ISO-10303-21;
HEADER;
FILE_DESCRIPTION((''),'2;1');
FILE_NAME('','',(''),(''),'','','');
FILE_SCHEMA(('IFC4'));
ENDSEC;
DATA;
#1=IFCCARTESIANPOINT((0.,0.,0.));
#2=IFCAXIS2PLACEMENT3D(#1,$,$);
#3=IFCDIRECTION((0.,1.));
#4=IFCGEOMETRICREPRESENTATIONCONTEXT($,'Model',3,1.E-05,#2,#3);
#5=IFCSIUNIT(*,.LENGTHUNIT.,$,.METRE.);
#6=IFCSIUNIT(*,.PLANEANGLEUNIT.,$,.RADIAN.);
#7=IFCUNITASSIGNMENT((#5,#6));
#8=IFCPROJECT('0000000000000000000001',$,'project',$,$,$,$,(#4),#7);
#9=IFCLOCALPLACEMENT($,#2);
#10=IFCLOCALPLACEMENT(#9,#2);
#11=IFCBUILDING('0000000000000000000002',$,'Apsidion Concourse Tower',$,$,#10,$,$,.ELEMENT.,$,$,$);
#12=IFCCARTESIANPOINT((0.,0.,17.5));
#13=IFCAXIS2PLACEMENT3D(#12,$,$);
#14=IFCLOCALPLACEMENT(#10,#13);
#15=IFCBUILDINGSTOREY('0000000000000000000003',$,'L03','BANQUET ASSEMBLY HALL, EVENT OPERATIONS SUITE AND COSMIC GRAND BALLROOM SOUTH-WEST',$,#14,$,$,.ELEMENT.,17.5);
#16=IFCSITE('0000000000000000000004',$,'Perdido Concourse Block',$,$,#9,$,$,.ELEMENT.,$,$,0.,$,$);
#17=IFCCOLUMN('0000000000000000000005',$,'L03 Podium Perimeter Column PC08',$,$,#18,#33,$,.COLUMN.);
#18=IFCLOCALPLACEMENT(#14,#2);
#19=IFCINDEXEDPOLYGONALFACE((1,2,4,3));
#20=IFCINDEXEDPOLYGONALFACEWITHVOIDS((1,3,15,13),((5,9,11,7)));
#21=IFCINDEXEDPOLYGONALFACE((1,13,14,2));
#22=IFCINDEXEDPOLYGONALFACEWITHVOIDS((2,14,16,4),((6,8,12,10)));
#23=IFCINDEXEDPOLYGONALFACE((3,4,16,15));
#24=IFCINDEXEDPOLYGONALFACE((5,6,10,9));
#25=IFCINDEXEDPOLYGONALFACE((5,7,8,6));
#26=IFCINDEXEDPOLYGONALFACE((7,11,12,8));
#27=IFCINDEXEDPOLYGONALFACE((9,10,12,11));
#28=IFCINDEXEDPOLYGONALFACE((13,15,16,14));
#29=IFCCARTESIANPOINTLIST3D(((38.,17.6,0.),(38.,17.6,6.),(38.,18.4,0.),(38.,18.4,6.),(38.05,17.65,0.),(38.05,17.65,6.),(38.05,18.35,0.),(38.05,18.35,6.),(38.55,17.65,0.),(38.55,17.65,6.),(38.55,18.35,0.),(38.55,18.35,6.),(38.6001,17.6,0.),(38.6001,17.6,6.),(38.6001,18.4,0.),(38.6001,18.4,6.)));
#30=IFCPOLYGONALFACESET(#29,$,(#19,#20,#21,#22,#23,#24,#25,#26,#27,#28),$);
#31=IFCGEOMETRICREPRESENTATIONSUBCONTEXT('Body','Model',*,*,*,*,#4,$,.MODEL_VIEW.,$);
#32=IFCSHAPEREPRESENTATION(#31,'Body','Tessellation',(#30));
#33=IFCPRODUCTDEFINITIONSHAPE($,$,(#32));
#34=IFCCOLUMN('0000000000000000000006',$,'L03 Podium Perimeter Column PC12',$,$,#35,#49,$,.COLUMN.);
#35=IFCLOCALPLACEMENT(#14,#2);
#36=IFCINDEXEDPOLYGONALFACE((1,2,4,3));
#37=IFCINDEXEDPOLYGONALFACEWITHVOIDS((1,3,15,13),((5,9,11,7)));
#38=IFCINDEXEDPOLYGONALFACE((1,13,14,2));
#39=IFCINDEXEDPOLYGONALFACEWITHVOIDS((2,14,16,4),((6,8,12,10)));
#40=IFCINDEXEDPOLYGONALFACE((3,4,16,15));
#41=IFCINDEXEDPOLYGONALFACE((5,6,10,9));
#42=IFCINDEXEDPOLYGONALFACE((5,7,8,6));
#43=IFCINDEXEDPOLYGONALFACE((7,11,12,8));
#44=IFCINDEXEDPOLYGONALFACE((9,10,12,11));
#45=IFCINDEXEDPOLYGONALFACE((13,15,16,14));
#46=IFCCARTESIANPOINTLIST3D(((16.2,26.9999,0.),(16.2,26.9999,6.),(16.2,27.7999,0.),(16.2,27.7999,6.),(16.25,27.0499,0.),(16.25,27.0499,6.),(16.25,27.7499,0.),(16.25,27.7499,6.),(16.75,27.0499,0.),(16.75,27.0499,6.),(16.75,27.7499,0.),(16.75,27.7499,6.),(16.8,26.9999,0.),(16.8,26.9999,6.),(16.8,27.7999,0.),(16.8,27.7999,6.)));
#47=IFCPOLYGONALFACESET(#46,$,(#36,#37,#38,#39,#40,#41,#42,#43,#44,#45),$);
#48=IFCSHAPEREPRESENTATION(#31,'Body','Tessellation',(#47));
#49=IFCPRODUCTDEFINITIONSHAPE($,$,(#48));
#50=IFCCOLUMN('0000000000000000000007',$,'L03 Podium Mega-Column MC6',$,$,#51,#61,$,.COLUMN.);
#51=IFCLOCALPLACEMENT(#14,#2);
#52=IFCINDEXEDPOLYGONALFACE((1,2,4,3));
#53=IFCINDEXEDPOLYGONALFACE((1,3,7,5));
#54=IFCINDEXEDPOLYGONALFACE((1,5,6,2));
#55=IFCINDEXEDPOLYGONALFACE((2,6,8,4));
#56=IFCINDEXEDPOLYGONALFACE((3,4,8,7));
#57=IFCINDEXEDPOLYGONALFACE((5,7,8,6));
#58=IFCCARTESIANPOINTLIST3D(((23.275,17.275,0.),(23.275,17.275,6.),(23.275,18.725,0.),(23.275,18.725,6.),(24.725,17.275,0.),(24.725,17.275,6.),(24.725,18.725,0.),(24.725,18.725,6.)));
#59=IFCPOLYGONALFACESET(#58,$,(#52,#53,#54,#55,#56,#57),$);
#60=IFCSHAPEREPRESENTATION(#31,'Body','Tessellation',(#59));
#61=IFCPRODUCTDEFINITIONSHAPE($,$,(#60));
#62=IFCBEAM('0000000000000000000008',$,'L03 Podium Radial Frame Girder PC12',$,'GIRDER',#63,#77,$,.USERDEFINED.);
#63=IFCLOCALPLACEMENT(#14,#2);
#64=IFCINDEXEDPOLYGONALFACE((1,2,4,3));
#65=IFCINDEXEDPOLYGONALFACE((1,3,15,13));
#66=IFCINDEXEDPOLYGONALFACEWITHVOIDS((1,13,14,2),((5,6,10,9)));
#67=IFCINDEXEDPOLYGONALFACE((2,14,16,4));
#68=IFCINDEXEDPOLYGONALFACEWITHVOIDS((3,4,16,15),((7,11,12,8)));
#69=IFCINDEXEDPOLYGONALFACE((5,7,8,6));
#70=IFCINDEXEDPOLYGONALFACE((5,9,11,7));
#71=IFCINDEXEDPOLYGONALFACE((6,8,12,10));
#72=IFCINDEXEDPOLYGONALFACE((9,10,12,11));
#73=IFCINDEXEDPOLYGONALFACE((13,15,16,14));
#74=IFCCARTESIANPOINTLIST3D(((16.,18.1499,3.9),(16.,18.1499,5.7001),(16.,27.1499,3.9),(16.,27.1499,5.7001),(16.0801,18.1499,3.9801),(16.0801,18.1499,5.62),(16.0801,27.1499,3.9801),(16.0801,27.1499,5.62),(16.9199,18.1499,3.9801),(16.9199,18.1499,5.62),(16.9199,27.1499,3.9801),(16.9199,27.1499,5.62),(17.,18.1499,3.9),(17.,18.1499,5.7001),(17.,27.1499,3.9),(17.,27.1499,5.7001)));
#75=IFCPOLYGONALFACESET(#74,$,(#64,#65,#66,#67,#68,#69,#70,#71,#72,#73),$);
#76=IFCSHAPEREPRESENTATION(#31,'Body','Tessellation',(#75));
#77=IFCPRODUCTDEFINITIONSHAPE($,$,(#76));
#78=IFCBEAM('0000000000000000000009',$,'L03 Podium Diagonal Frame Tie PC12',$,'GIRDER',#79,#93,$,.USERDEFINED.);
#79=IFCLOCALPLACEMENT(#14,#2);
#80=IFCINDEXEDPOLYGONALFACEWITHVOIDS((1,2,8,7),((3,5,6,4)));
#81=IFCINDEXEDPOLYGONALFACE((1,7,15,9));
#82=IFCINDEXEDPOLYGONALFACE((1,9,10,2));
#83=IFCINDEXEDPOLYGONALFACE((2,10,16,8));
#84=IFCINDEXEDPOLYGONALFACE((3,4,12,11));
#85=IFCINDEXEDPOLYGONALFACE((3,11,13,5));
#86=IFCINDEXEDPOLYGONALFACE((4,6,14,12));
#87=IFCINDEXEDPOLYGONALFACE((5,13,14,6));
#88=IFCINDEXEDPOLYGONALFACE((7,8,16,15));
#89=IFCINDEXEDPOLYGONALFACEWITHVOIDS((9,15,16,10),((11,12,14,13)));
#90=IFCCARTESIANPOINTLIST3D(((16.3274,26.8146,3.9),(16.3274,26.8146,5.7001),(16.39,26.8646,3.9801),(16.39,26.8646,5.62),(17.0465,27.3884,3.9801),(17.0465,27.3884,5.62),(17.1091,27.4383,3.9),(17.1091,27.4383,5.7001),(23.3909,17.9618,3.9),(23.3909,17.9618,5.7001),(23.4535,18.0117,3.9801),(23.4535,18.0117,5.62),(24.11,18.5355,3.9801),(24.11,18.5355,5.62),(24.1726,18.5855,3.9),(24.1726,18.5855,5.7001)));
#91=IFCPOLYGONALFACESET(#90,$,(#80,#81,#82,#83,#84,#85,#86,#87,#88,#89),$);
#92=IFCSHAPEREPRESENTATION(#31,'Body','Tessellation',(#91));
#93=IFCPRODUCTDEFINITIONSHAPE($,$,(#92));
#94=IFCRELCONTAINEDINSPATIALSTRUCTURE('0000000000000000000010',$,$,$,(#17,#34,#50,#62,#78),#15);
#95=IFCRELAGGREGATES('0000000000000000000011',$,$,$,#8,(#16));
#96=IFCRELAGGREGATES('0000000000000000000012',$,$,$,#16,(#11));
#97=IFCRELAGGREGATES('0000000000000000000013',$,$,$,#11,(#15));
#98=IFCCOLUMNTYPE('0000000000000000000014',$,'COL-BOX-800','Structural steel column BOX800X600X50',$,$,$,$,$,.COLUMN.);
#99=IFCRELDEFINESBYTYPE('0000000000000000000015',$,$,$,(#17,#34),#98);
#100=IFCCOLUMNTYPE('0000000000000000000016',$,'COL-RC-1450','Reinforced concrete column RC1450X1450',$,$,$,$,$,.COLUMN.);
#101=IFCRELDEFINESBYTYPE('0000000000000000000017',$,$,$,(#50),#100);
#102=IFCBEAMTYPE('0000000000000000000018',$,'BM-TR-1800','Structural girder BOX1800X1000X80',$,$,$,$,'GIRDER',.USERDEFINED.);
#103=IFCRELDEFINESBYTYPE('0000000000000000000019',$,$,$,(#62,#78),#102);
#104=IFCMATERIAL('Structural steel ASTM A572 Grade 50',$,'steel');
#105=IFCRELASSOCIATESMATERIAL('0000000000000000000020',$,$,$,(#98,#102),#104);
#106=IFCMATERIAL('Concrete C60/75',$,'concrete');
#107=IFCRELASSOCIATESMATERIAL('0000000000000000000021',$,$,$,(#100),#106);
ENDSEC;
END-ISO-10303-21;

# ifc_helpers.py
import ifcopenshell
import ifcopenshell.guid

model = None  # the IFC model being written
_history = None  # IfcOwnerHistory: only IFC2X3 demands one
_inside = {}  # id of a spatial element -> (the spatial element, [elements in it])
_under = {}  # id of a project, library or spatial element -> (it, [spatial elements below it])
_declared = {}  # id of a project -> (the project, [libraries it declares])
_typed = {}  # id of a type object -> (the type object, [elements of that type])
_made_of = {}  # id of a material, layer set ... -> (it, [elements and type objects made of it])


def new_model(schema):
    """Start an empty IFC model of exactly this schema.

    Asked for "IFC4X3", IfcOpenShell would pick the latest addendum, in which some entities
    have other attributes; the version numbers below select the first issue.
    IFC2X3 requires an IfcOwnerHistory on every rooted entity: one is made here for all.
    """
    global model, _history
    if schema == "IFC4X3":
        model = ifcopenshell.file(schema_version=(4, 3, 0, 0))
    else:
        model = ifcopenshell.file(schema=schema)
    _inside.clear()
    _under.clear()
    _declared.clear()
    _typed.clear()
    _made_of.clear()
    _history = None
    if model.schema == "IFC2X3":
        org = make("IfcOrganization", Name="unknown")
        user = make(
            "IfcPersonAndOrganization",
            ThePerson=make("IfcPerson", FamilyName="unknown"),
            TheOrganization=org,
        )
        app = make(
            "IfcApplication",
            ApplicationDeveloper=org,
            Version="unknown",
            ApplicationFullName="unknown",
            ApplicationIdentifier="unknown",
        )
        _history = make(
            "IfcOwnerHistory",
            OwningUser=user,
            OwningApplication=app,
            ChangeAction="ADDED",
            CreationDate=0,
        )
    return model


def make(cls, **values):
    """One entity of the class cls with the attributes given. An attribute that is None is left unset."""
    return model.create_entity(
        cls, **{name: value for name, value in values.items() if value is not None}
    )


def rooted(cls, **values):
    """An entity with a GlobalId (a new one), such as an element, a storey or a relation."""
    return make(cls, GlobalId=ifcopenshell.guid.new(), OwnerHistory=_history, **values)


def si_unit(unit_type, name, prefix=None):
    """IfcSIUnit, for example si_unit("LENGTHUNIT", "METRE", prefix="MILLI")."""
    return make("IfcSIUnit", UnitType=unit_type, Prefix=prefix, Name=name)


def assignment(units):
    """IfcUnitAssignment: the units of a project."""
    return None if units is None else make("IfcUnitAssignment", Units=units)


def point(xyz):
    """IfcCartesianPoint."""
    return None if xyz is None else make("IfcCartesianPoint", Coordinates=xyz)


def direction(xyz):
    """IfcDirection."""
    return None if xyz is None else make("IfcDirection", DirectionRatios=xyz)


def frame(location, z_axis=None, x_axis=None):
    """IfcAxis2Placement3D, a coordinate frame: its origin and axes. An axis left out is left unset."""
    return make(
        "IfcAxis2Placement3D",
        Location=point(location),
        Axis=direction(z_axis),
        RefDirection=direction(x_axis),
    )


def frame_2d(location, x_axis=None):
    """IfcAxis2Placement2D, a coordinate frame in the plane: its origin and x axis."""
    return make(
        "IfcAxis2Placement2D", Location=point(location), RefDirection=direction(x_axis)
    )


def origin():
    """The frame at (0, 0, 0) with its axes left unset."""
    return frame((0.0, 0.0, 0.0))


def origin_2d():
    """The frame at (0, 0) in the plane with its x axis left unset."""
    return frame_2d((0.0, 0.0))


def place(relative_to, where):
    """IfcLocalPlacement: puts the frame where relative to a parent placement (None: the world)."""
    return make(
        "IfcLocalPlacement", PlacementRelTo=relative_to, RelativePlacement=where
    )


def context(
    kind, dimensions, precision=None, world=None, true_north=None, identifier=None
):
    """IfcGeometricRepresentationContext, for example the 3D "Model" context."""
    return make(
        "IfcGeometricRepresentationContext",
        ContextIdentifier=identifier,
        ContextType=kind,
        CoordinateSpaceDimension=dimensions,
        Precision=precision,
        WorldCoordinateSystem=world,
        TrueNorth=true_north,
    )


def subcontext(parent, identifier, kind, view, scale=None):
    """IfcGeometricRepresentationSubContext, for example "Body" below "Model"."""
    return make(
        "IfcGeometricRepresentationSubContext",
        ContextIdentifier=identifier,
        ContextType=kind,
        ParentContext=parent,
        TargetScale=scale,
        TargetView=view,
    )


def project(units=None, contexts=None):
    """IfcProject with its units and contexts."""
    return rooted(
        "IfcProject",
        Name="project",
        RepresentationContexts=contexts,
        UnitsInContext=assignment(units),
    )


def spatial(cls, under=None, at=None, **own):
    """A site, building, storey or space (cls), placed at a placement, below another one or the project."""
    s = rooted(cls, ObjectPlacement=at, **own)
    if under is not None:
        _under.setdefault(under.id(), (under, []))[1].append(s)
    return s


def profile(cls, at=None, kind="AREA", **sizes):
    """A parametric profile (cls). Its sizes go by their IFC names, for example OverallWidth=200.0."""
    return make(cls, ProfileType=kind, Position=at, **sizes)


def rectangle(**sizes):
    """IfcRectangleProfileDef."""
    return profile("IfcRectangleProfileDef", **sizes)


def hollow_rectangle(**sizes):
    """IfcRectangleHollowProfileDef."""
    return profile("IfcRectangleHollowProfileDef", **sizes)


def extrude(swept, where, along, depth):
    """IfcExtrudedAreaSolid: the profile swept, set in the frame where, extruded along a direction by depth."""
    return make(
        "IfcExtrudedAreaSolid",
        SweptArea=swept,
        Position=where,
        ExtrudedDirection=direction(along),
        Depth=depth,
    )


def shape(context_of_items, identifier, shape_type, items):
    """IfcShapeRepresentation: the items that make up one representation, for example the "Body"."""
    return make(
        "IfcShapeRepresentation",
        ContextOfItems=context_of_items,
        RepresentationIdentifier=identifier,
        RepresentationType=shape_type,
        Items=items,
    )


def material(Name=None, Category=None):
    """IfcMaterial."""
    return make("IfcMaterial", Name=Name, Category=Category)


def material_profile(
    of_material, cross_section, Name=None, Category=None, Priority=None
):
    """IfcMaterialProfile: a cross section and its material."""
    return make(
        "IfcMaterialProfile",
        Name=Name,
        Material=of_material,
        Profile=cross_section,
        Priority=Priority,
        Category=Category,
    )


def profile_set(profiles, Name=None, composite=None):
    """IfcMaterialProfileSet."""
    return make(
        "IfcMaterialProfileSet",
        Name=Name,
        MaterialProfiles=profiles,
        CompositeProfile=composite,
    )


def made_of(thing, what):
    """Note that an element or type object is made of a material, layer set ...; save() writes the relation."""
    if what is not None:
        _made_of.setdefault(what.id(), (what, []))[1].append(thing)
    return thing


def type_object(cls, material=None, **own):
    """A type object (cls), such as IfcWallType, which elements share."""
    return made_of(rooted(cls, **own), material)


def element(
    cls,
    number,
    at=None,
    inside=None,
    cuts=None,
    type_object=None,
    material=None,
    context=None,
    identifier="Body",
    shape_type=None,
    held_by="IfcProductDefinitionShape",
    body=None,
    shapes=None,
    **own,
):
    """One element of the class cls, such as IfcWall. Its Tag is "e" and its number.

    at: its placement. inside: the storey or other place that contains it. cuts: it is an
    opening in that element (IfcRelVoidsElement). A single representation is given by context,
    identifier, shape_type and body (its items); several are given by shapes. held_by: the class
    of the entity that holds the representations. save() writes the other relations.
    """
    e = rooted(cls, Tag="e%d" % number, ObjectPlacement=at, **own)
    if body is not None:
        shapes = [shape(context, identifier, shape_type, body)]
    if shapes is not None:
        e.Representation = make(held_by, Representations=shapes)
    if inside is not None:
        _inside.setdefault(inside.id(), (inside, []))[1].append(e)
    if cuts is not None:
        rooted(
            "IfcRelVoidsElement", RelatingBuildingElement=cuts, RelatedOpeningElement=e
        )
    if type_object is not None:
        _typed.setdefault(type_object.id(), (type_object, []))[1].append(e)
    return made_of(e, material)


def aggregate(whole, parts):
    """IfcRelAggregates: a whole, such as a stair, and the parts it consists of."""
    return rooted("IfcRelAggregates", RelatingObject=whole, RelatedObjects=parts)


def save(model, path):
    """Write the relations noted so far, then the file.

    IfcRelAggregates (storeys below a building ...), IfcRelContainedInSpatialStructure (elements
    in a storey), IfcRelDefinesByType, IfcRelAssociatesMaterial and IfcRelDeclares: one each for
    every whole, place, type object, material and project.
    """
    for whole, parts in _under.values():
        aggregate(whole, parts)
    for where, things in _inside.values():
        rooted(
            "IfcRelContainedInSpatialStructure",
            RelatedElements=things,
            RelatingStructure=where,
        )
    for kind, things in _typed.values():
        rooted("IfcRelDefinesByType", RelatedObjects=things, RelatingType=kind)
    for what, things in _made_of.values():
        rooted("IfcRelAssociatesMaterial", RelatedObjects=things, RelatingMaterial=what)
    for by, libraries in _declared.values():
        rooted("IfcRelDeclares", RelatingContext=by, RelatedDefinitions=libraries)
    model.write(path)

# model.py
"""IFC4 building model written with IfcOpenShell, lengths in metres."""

from ifc_helpers import new_model, si_unit, direction, frame, origin, origin_2d, place, context, subcontext, project, spatial, rectangle, hollow_rectangle, extrude, material, material_profile, profile_set, type_object, element, save


model = new_model("IFC4")

# Units and contexts
model_context = context("Model", 3, precision=1e-05, world=origin(), true_north=direction((0.0, 1.0)))
body_context = subcontext(model_context, "Body", "Model", "MODEL_VIEW")
ifc_project = project(units=[si_unit("LENGTHUNIT", "METRE"), si_unit("PLANEANGLEUNIT", "RADIAN")], contexts=[model_context])

# Site, building, storey
site_placement = place(None, origin())
site = spatial("IfcSite", under=ifc_project, at=site_placement, Name="Perdido Concourse Block", CompositionType="ELEMENT", RefElevation=0.0)
building_placement = place(site_placement, origin())
building = spatial("IfcBuilding", under=site, at=building_placement, Name="Apsidion Concourse Tower", CompositionType="ELEMENT")
storey_placement = place(building_placement, frame((0.0, 0.0, 17.5)))
storey = spatial("IfcBuildingStorey", under=building, at=storey_placement, Name="L03", Description="BANQUET ASSEMBLY HALL, EVENT OPERATIONS SUITE AND COSMIC GRAND BALLROOM SOUTH-WEST", CompositionType="ELEMENT", Elevation=17.5)

# Columns
ifc_material_1 = material(Name="Structural steel ASTM A572 Grade 50", Category="steel")
ifc_material_profile_1 = material_profile(ifc_material_1, hollow_rectangle(XDim=0.6001, YDim=0.8, WallThickness=0.05, at=origin_2d()), Name="BOX800X600X50")
ifc_profile_set_1 = profile_set([ifc_material_profile_1], Name="Structural steel ASTM A572 Grade 50")
column_type_1 = type_object("IfcColumnType", Name="COL-BOX-800", Description="Structural steel column BOX800X600X50", PredefinedType="COLUMN", material=ifc_profile_set_1)
for number, where, z_axis, x_axis, name in (
    (1, (38.3, 18.0, 0.0), (0.0, 0.0, 1.0), (1.0, 0.0, 0.0), "L03 Podium Perimeter Column PC08"),
    (2, (16.5, 27.3999, 0.0), (0.0, 0.0, 1.0), (1.0, 0.0, 0.0), "L03 Podium Perimeter Column PC12"),
):
    element("IfcColumn", number, at=place(storey_placement, frame(where, z_axis=z_axis, x_axis=x_axis)), inside=storey, type_object=column_type_1, Name=name, PredefinedType="COLUMN", context=body_context, shape_type="SweptSolid", body=[
        extrude(hollow_rectangle(XDim=0.6001, YDim=0.8, WallThickness=0.05, at=origin_2d()), origin(), (0.0, 0.0, 1.0), 6.0),
    ])
ifc_material_2 = material(Name="Concrete C60/75", Category="concrete")
ifc_material_profile_2 = material_profile(ifc_material_2, rectangle(XDim=1.45, YDim=1.45, at=origin_2d()), Name="RC 1450x1450")
ifc_profile_set_2 = profile_set([ifc_material_profile_2], Name="Concrete C60/75")
column_type_2 = type_object("IfcColumnType", Name="COL-RC-1450", Description="Reinforced concrete column RC1450X1450", PredefinedType="COLUMN", material=ifc_profile_set_2)
column_placement = place(storey_placement, frame((24.0, 18.0, 0.0), z_axis=(0.0, 0.0, 1.0), x_axis=(1.0, 0.0, 0.0)))
element("IfcColumn", 3, at=column_placement, inside=storey, type_object=column_type_2, Name="L03 Podium Mega-Column MC6", PredefinedType="COLUMN", context=body_context, shape_type="SweptSolid", body=[
    extrude(rectangle(XDim=1.45, YDim=1.45, at=origin_2d()), origin(), (0.0, 0.0, 1.0), 6.0),
])

# Beams
ifc_material_profile_3 = material_profile(ifc_material_1, hollow_rectangle(XDim=1.0, YDim=1.8, WallThickness=0.0801, at=origin_2d()), Name="BOX1800X1000X80")
ifc_profile_set_3 = profile_set([ifc_material_profile_3], Name="Structural steel ASTM A572 Grade 50")
beam_type = type_object("IfcBeamType", Name="BM-TR-1800", Description="Structural girder BOX1800X1000X80", ElementType="GIRDER", PredefinedType="USERDEFINED", material=ifc_profile_set_3)
beam_1_placement = place(storey_placement, frame((16.5, 27.1499, 4.8), z_axis=(0.0, -1.0, 0.0), x_axis=(1.0, 0.0, 0.0)))
element("IfcBeam", 4, at=beam_1_placement, inside=storey, type_object=beam_type, Name="L03 Podium Radial Frame Girder PC12", ObjectType="GIRDER", PredefinedType="USERDEFINED", context=body_context, shape_type="SweptSolid", body=[
    extrude(hollow_rectangle(XDim=1.0, YDim=1.8, WallThickness=0.0801, at=origin_2d()), origin(), (0.0, 0.0, 1.0), 9.0),
])
beam_2_placement = place(storey_placement, frame((16.7183, 27.1265, 4.8), z_axis=(0.623685, -0.781676, 0.0), x_axis=(0.781676, 0.623685, 0.0)))
element("IfcBeam", 5, at=beam_2_placement, inside=storey, type_object=beam_type, Name="L03 Podium Diagonal Frame Tie PC12", ObjectType="GIRDER", PredefinedType="USERDEFINED", context=body_context, shape_type="SweptSolid", body=[
    extrude(hollow_rectangle(XDim=1.0, YDim=1.8, WallThickness=0.0801, at=origin_2d()), origin(), (0.0, 0.0, 1.0), 11.3254),
])

save(model, "model.ifc")
